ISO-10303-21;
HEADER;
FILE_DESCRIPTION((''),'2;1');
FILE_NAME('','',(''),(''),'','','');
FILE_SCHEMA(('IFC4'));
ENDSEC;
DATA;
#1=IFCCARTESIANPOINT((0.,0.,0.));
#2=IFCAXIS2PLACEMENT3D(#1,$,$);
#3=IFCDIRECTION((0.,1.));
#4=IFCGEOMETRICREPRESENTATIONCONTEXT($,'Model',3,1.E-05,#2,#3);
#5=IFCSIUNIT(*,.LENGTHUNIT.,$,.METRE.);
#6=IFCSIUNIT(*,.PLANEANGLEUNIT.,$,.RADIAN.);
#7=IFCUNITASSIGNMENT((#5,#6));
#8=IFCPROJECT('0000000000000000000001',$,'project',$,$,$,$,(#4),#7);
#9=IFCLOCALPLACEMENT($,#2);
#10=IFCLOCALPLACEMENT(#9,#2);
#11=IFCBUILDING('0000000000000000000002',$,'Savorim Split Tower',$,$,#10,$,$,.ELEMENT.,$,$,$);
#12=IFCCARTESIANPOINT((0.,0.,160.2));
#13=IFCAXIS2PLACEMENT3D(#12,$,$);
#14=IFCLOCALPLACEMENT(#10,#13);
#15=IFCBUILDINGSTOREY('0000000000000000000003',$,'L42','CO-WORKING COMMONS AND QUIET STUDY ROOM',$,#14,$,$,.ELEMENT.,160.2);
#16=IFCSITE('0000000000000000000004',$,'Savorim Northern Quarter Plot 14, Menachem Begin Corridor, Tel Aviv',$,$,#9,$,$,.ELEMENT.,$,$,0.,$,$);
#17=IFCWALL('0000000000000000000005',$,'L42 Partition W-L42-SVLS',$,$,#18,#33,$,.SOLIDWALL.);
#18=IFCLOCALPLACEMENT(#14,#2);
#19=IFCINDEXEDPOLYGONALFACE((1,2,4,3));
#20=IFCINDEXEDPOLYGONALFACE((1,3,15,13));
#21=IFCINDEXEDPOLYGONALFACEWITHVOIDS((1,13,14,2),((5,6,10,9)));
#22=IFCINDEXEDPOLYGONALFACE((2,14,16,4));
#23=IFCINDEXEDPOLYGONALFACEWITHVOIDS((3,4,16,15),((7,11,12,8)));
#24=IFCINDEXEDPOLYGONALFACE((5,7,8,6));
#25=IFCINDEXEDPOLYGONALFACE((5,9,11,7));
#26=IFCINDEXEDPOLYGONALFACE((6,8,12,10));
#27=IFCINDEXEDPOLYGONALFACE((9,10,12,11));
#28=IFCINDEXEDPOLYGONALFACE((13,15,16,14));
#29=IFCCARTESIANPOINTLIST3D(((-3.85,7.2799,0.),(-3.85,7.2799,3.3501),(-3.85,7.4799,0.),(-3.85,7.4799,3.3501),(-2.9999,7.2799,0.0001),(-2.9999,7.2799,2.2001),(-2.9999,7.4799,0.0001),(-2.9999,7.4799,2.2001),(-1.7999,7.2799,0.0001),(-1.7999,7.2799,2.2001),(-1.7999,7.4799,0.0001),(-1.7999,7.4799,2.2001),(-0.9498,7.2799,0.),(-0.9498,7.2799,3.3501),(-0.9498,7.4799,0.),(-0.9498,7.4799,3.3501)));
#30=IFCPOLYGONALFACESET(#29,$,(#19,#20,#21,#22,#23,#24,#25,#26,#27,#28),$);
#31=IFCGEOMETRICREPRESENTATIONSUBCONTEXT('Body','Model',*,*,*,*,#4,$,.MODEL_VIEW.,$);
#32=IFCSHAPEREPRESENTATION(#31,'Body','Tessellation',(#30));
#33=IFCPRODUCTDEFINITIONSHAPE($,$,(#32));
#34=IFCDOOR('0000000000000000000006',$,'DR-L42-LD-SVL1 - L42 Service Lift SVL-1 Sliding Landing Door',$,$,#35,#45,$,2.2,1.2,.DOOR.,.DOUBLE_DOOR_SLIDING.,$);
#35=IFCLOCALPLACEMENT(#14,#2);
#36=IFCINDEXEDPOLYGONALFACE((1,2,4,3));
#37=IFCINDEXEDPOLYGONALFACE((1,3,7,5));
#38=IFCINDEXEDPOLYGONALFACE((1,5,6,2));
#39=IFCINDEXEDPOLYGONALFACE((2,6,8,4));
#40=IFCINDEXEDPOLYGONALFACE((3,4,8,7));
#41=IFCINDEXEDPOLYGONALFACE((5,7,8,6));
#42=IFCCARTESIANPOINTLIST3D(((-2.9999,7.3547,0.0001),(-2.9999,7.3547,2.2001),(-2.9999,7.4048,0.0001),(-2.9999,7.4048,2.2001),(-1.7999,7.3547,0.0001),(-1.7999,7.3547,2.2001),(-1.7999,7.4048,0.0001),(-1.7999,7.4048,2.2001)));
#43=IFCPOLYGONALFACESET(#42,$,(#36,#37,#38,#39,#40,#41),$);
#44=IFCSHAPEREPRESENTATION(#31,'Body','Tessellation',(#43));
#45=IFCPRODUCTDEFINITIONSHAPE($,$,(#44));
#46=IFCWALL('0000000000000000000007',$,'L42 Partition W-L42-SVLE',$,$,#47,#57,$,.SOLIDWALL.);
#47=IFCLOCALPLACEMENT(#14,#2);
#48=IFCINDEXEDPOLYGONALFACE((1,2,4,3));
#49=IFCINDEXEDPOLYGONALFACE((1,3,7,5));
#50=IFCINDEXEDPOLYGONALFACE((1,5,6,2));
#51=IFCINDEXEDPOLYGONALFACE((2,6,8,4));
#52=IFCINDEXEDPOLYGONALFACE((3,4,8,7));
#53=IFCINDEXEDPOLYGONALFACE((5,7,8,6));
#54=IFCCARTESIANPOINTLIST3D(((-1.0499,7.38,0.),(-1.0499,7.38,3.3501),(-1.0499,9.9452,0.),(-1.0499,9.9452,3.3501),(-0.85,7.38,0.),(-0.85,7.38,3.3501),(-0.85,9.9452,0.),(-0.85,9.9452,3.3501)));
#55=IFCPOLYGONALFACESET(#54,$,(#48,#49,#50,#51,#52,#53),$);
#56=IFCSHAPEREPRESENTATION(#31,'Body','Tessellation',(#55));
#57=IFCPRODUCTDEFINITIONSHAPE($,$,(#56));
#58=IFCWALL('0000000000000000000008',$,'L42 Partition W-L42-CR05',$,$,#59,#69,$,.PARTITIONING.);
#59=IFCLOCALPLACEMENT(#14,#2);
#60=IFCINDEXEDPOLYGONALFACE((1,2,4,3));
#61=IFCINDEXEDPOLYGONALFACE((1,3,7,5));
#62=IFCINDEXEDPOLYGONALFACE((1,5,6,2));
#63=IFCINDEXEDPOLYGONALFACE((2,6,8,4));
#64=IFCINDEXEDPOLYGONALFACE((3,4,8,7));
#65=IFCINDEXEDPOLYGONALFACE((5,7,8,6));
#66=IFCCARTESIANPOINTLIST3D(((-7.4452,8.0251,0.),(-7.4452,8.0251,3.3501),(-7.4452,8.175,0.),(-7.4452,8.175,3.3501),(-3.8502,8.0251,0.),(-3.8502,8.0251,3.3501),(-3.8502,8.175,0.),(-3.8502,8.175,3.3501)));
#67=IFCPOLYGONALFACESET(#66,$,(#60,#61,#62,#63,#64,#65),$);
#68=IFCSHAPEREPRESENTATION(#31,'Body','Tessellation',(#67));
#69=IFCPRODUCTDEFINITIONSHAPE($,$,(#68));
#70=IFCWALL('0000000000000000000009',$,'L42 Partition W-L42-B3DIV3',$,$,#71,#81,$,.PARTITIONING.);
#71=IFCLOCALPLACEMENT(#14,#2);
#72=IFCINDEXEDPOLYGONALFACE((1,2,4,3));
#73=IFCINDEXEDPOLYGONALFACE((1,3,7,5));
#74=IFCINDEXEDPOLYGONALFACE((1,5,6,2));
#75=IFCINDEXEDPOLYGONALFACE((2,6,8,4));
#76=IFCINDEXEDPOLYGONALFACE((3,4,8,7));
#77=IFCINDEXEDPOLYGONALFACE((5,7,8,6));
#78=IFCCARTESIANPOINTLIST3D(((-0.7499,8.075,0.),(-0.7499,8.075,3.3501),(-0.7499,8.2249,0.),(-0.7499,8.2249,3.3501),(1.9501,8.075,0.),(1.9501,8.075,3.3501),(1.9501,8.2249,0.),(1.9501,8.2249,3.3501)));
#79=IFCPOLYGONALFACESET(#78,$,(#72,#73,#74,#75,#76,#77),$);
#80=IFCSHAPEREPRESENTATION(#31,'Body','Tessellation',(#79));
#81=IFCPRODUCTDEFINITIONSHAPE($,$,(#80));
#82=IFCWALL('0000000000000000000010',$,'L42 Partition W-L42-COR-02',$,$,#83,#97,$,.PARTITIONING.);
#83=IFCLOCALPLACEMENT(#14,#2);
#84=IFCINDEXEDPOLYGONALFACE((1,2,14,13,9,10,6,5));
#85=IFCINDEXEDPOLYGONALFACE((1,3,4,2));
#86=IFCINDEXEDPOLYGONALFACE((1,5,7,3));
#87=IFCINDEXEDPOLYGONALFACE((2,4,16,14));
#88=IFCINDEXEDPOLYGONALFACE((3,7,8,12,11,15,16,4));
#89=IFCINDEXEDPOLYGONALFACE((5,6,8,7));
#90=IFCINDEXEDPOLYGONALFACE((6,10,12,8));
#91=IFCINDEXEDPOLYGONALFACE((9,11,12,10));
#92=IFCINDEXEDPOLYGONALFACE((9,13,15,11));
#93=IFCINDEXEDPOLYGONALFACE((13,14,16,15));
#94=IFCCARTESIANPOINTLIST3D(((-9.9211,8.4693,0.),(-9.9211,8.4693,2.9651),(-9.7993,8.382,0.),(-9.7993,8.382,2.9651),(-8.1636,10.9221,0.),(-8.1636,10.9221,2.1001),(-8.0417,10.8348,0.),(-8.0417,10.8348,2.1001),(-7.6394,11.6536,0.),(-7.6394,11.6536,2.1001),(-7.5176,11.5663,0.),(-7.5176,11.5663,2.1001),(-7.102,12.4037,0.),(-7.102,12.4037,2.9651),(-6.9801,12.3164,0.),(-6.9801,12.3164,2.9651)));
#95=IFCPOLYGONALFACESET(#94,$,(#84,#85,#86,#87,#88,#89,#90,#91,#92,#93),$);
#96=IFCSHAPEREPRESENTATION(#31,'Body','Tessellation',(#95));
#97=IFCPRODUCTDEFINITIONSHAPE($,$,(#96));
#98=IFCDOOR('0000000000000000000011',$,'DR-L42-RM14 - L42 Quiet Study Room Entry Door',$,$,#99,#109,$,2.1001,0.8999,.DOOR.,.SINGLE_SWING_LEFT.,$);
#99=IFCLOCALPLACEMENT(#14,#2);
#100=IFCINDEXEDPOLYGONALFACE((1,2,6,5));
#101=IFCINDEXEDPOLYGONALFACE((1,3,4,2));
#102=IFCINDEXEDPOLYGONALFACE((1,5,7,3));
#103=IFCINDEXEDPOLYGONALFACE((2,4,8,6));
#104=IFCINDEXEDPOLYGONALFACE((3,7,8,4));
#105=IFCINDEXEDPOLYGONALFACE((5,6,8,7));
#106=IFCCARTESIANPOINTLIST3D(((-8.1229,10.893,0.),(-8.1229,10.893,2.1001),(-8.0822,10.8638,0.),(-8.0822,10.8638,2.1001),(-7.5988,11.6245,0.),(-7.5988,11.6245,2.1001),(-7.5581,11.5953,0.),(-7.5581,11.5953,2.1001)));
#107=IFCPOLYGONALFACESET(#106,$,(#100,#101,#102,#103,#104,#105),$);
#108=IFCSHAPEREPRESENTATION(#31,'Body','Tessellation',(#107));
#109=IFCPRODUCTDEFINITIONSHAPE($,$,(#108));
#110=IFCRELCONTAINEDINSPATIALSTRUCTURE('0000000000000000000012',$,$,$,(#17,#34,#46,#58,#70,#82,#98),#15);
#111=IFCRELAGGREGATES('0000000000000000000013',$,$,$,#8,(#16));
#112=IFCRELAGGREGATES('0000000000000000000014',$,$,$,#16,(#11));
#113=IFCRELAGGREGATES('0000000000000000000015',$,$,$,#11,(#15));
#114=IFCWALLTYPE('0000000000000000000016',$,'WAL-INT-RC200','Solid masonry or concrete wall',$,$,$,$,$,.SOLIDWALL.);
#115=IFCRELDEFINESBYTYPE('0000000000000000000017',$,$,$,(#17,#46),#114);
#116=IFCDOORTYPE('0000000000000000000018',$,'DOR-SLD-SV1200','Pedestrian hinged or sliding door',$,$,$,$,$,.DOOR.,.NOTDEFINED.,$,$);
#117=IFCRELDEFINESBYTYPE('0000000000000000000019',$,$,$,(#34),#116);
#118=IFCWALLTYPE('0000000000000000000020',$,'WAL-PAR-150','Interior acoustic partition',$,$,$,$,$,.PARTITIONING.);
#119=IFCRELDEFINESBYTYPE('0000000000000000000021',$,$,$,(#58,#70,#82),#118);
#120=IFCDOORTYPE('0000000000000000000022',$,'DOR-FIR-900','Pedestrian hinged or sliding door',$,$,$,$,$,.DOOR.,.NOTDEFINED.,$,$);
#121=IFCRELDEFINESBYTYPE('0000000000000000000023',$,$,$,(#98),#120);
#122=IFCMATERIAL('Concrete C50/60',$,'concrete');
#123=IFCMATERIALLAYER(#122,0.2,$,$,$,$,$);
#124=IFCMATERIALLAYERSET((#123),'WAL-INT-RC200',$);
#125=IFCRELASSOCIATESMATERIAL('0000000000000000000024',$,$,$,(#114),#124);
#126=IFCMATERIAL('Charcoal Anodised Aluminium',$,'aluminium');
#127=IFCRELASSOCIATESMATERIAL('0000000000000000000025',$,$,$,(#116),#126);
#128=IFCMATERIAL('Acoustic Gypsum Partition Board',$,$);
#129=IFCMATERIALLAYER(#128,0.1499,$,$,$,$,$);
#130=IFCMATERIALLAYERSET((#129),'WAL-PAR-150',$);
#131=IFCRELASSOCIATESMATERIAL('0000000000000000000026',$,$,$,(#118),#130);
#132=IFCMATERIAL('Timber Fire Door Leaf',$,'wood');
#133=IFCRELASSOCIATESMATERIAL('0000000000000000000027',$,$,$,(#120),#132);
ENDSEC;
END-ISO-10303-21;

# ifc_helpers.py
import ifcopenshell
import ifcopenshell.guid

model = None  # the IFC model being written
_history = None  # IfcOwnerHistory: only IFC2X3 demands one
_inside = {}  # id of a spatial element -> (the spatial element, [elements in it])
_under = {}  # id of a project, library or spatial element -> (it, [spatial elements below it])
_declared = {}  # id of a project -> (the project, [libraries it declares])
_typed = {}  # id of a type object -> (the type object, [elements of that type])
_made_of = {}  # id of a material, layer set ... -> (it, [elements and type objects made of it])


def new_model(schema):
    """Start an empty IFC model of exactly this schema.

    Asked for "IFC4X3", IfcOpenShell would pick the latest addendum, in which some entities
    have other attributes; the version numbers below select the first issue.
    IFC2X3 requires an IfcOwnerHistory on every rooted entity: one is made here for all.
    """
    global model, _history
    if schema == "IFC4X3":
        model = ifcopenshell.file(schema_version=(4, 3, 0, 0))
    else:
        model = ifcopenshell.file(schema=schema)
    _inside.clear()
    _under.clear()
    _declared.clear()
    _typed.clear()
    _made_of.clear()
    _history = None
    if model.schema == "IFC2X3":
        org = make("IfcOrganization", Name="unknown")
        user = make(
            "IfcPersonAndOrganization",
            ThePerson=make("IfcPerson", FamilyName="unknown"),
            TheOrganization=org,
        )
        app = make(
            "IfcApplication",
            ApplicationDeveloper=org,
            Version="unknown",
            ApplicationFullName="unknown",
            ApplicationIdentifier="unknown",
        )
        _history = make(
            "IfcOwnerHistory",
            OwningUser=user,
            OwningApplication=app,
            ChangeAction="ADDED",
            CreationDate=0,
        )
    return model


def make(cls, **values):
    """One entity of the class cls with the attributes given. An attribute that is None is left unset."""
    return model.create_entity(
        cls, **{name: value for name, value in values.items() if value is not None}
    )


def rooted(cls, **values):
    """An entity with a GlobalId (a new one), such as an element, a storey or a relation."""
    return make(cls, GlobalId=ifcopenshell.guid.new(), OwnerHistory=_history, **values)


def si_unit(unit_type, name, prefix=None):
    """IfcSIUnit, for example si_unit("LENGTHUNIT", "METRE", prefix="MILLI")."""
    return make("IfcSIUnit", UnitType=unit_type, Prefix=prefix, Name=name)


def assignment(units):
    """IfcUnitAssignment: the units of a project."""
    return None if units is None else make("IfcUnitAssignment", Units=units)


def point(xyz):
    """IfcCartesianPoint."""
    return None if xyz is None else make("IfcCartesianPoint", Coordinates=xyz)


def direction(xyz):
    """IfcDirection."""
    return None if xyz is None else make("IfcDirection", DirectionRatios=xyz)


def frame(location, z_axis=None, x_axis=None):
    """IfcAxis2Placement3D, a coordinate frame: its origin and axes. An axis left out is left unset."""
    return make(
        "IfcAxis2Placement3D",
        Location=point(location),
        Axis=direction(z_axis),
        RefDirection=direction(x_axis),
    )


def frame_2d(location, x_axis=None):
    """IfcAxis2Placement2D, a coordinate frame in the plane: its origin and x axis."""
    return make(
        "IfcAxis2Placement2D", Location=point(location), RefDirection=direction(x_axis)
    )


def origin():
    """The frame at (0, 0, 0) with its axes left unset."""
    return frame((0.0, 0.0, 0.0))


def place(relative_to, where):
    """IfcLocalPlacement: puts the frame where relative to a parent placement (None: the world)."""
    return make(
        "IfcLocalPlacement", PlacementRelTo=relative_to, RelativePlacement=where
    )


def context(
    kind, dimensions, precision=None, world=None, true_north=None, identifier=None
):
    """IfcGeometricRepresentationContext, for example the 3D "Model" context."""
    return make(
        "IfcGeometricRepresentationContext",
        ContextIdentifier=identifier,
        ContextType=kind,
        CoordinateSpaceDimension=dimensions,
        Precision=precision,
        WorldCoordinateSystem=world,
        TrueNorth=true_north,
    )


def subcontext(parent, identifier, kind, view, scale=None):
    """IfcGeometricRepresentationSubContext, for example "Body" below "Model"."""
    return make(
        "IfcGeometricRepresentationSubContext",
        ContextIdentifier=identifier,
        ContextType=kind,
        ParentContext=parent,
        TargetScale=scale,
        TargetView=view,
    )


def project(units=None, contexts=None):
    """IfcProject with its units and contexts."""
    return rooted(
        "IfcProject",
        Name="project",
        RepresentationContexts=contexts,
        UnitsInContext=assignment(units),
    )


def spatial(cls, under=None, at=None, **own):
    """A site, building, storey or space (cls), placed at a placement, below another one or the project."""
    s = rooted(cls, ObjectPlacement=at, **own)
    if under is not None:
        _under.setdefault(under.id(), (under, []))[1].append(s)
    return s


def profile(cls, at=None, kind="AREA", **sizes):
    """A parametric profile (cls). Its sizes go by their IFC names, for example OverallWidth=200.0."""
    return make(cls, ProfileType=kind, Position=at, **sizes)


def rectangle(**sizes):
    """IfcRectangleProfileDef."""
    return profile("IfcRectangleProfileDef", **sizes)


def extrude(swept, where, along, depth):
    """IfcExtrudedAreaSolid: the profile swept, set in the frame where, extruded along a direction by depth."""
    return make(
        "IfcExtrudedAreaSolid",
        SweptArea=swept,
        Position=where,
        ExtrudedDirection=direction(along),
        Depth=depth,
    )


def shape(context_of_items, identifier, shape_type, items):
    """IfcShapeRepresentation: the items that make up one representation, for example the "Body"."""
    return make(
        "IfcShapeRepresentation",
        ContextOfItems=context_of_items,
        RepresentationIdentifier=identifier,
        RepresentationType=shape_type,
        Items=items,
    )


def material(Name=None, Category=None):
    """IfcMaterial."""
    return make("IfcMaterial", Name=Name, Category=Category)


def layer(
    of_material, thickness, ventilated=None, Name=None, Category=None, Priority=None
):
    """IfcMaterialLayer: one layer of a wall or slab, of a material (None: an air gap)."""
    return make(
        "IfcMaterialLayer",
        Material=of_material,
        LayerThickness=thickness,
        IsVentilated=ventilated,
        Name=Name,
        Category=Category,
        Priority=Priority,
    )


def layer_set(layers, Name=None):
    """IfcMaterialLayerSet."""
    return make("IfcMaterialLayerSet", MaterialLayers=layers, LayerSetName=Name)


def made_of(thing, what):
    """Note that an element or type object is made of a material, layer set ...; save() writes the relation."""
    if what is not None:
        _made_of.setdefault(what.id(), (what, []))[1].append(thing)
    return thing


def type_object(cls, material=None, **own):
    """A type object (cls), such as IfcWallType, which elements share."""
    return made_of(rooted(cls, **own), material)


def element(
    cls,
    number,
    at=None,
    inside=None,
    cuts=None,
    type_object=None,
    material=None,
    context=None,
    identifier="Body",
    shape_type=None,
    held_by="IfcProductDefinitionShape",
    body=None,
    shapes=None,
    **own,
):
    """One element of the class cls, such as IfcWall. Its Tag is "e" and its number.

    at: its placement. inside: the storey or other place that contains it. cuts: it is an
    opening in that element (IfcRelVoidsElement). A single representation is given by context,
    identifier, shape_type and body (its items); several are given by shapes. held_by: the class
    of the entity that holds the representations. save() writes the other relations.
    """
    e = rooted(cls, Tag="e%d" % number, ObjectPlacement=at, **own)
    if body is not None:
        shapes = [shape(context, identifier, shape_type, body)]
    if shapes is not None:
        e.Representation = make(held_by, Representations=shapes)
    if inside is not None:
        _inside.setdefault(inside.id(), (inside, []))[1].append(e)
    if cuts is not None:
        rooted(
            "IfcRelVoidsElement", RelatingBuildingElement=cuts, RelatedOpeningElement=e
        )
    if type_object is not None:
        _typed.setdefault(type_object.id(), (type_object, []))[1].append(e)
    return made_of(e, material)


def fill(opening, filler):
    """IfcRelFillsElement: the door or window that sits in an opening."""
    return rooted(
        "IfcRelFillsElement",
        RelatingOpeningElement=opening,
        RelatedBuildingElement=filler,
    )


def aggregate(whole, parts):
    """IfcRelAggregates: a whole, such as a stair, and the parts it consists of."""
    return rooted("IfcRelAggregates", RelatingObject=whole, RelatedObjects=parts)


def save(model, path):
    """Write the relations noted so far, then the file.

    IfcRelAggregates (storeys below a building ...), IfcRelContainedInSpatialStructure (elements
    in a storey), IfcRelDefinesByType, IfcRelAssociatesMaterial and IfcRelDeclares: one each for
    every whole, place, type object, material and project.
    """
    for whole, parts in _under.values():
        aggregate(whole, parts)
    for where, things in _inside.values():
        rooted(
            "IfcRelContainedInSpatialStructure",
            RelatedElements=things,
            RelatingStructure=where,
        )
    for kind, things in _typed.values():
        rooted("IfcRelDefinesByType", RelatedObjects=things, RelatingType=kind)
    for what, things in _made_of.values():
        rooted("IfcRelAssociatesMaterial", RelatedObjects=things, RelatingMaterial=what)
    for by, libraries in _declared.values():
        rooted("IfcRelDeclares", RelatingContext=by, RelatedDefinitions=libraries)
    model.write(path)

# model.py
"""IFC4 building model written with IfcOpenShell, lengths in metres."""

from ifc_helpers import new_model, si_unit, direction, frame, frame_2d, origin, place, context, subcontext, project, spatial, rectangle, extrude, material, layer, layer_set, type_object, element, fill, save


model = new_model("IFC4")

# Units and contexts
model_context = context("Model", 3, precision=1e-05, world=origin(), true_north=direction((0.0, 1.0)))
body_context = subcontext(model_context, "Body", "Model", "MODEL_VIEW")
ifc_project = project(units=[si_unit("LENGTHUNIT", "METRE"), si_unit("PLANEANGLEUNIT", "RADIAN")], contexts=[model_context])

# Site, building, storey
site_placement = place(None, origin())
site = spatial("IfcSite", under=ifc_project, at=site_placement, Name="Savorim Northern Quarter Plot 14, Menachem Begin Corridor, Tel Aviv", CompositionType="ELEMENT", RefElevation=0.0)
building_placement = place(site_placement, origin())
building = spatial("IfcBuilding", under=site, at=building_placement, Name="Savorim Split Tower", CompositionType="ELEMENT")
storey_placement = place(building_placement, frame((0.0, 0.0, 160.2)))
storey = spatial("IfcBuildingStorey", under=building, at=storey_placement, Name="L42", Description="CO-WORKING COMMONS AND QUIET STUDY ROOM", CompositionType="ELEMENT", Elevation=160.2)

# Shared definitions
ifc_material_1 = material(Name="Charcoal Anodised Aluminium", Category="aluminium")

# Wall, opening, door
ifc_material_2 = material(Name="Concrete C50/60", Category="concrete")
ifc_layer_1 = layer(ifc_material_2, 0.2)
ifc_layer_set_1 = layer_set([ifc_layer_1], Name="WAL-INT-RC200")
wall_type_1 = type_object("IfcWallType", Name="WAL-INT-RC200", Description="Solid masonry or concrete wall", PredefinedType="SOLIDWALL", material=ifc_layer_set_1)
wall_1_placement = place(storey_placement, frame((-3.8501, 7.3799, 0.0), z_axis=(0.0, 0.0, 1.0), x_axis=(1.0, 0.0, 0.0)))
wall_1 = element("IfcWall", 1, at=wall_1_placement, inside=storey, type_object=wall_type_1, Name="L42 Partition W-L42-SVLS", PredefinedType="SOLIDWALL", context=body_context, shape_type="SweptSolid", body=[
    extrude(rectangle(XDim=2.9001, YDim=0.2, at=frame_2d((1.4502, 0.0))), origin(), (0.0, 0.0, 1.0), 3.3501),
])
opening_1_placement = place(wall_1_placement, frame((0.8501, 0.0, 0.0)))
opening_1 = element("IfcOpeningElement", 2, at=opening_1_placement, cuts=wall_1, PredefinedType="OPENING", context=body_context, shape_type="SweptSolid", body=[
    extrude(rectangle(XDim=1.2, YDim=2.2, at=frame_2d((0.6001, 1.1001))), frame((0.0, 0.1099, 0.0), z_axis=(0.0, -1.0, 0.0), x_axis=(1.0, 0.0, 0.0)), (0.0, 0.0, 1.0), 0.22),
])
door_type_1 = type_object("IfcDoorType", Name="DOR-SLD-SV1200", Description="Pedestrian hinged or sliding door", OperationType="NOTDEFINED", PredefinedType="DOOR", material=ifc_material_1)
door_1_placement = place(opening_1_placement, origin())
door_1 = element("IfcDoor", 3, at=door_1_placement, inside=storey, type_object=door_type_1, Name="DR-L42-LD-SVL1 - L42 Service Lift SVL-1 Sliding Landing Door", OperationType="DOUBLE_DOOR_SLIDING", OverallHeight=2.2, OverallWidth=1.2, PredefinedType="DOOR", context=body_context, shape_type="SweptSolid", body=[
    extrude(rectangle(XDim=1.2, YDim=2.2, at=frame_2d((0.6001, 1.1001))), frame((0.0, 0.0249, 0.0), z_axis=(0.0, -1.0, 0.0), x_axis=(1.0, 0.0, 0.0)), (0.0, 0.0, 1.0), 0.05),
])
fill(opening_1, door_1)

# Walls
wall_2_placement = place(storey_placement, frame((-0.95, 7.3799, 0.0), z_axis=(0.0, 0.0, 1.0), x_axis=(0.0, 1.0, 0.0)))
element("IfcWall", 4, at=wall_2_placement, inside=storey, type_object=wall_type_1, Name="L42 Partition W-L42-SVLE", PredefinedType="SOLIDWALL", context=body_context, shape_type="SweptSolid", body=[
    extrude(rectangle(XDim=2.5652, YDim=0.2, at=frame_2d((1.2827, 0.0))), origin(), (0.0, 0.0, 1.0), 3.3501),
])
ifc_material_3 = material(Name="Acoustic Gypsum Partition Board")
ifc_layer_2 = layer(ifc_material_3, 0.1499)
ifc_layer_set_2 = layer_set([ifc_layer_2], Name="WAL-PAR-150")
wall_type_2 = type_object("IfcWallType", Name="WAL-PAR-150", Description="Interior acoustic partition", PredefinedType="PARTITIONING", material=ifc_layer_set_2)
wall_3_placement = place(storey_placement, frame((-7.4451, 8.1001, 0.0), z_axis=(0.0, 0.0, 1.0), x_axis=(1.0, 0.0, 0.0)))
element("IfcWall", 5, at=wall_3_placement, inside=storey, type_object=wall_type_2, Name="L42 Partition W-L42-CR05", PredefinedType="PARTITIONING", context=body_context, shape_type="SweptSolid", body=[
    extrude(rectangle(XDim=3.595, YDim=0.1499, at=frame_2d((1.7974, 0.0))), origin(), (0.0, 0.0, 1.0), 3.3501),
])
wall_4_placement = place(storey_placement, frame((-0.75, 8.1499, 0.0), z_axis=(0.0, 0.0, 1.0), x_axis=(1.0, 0.0, 0.0)))
element("IfcWall", 6, at=wall_4_placement, inside=storey, type_object=wall_type_2, Name="L42 Partition W-L42-B3DIV3", PredefinedType="PARTITIONING", context=body_context, shape_type="SweptSolid", body=[
    extrude(rectangle(XDim=2.7, YDim=0.1499, at=frame_2d((1.3501, 0.0))), origin(), (0.0, 0.0, 1.0), 3.3501),
])

# Wall, opening, door
wall_5_placement = place(storey_placement, frame((-9.8601, 8.4258, 0.0), z_axis=(0.0, 0.0, 1.0), x_axis=(0.58245, 0.812867, 0.0)))
wall_5 = element("IfcWall", 7, at=wall_5_placement, inside=storey, type_object=wall_type_2, Name="L42 Partition W-L42-COR-02", PredefinedType="PARTITIONING", context=body_context, shape_type="SweptSolid", body=[
    extrude(rectangle(XDim=4.8401, YDim=0.1499, at=frame_2d((2.4199, 0.0))), origin(), (0.0, 0.0, 1.0), 2.9651),
])
opening_2_placement = place(wall_5_placement, frame((3.0173, 0.0, 0.0)))
opening_2 = element("IfcOpeningElement", 8, at=opening_2_placement, cuts=wall_5, PredefinedType="OPENING", context=body_context, shape_type="SweptSolid", body=[
    extrude(rectangle(XDim=0.8999, YDim=2.1001, at=frame_2d((0.45, 1.05))), frame((0.0, 0.085, 0.0), z_axis=(0.0, -1.0, 0.0), x_axis=(1.0, 0.0, 0.0)), (0.0, 0.0, 1.0), 0.1699),
])
ifc_material_4 = material(Name="Timber Fire Door Leaf", Category="wood")
door_type_2 = type_object("IfcDoorType", Name="DOR-FIR-900", Description="Pedestrian hinged or sliding door", OperationType="NOTDEFINED", PredefinedType="DOOR", material=ifc_material_4)
door_2_placement = place(opening_2_placement, origin())
door_2 = element("IfcDoor", 9, at=door_2_placement, inside=storey, type_object=door_type_2, Name="DR-L42-RM14 - L42 Quiet Study Room Entry Door", OperationType="SINGLE_SWING_LEFT", OverallHeight=2.1001, OverallWidth=0.8999, PredefinedType="DOOR", context=body_context, shape_type="SweptSolid", body=[
    extrude(rectangle(XDim=0.8999, YDim=2.1001, at=frame_2d((0.45, 1.05))), frame((0.0, 0.0249, 0.0), z_axis=(0.0, -1.0, 0.0), x_axis=(1.0, 0.0, 0.0)), (0.0, 0.0, 1.0), 0.05),
])
fill(opening_2, door_2)

save(model, "model.ifc")
